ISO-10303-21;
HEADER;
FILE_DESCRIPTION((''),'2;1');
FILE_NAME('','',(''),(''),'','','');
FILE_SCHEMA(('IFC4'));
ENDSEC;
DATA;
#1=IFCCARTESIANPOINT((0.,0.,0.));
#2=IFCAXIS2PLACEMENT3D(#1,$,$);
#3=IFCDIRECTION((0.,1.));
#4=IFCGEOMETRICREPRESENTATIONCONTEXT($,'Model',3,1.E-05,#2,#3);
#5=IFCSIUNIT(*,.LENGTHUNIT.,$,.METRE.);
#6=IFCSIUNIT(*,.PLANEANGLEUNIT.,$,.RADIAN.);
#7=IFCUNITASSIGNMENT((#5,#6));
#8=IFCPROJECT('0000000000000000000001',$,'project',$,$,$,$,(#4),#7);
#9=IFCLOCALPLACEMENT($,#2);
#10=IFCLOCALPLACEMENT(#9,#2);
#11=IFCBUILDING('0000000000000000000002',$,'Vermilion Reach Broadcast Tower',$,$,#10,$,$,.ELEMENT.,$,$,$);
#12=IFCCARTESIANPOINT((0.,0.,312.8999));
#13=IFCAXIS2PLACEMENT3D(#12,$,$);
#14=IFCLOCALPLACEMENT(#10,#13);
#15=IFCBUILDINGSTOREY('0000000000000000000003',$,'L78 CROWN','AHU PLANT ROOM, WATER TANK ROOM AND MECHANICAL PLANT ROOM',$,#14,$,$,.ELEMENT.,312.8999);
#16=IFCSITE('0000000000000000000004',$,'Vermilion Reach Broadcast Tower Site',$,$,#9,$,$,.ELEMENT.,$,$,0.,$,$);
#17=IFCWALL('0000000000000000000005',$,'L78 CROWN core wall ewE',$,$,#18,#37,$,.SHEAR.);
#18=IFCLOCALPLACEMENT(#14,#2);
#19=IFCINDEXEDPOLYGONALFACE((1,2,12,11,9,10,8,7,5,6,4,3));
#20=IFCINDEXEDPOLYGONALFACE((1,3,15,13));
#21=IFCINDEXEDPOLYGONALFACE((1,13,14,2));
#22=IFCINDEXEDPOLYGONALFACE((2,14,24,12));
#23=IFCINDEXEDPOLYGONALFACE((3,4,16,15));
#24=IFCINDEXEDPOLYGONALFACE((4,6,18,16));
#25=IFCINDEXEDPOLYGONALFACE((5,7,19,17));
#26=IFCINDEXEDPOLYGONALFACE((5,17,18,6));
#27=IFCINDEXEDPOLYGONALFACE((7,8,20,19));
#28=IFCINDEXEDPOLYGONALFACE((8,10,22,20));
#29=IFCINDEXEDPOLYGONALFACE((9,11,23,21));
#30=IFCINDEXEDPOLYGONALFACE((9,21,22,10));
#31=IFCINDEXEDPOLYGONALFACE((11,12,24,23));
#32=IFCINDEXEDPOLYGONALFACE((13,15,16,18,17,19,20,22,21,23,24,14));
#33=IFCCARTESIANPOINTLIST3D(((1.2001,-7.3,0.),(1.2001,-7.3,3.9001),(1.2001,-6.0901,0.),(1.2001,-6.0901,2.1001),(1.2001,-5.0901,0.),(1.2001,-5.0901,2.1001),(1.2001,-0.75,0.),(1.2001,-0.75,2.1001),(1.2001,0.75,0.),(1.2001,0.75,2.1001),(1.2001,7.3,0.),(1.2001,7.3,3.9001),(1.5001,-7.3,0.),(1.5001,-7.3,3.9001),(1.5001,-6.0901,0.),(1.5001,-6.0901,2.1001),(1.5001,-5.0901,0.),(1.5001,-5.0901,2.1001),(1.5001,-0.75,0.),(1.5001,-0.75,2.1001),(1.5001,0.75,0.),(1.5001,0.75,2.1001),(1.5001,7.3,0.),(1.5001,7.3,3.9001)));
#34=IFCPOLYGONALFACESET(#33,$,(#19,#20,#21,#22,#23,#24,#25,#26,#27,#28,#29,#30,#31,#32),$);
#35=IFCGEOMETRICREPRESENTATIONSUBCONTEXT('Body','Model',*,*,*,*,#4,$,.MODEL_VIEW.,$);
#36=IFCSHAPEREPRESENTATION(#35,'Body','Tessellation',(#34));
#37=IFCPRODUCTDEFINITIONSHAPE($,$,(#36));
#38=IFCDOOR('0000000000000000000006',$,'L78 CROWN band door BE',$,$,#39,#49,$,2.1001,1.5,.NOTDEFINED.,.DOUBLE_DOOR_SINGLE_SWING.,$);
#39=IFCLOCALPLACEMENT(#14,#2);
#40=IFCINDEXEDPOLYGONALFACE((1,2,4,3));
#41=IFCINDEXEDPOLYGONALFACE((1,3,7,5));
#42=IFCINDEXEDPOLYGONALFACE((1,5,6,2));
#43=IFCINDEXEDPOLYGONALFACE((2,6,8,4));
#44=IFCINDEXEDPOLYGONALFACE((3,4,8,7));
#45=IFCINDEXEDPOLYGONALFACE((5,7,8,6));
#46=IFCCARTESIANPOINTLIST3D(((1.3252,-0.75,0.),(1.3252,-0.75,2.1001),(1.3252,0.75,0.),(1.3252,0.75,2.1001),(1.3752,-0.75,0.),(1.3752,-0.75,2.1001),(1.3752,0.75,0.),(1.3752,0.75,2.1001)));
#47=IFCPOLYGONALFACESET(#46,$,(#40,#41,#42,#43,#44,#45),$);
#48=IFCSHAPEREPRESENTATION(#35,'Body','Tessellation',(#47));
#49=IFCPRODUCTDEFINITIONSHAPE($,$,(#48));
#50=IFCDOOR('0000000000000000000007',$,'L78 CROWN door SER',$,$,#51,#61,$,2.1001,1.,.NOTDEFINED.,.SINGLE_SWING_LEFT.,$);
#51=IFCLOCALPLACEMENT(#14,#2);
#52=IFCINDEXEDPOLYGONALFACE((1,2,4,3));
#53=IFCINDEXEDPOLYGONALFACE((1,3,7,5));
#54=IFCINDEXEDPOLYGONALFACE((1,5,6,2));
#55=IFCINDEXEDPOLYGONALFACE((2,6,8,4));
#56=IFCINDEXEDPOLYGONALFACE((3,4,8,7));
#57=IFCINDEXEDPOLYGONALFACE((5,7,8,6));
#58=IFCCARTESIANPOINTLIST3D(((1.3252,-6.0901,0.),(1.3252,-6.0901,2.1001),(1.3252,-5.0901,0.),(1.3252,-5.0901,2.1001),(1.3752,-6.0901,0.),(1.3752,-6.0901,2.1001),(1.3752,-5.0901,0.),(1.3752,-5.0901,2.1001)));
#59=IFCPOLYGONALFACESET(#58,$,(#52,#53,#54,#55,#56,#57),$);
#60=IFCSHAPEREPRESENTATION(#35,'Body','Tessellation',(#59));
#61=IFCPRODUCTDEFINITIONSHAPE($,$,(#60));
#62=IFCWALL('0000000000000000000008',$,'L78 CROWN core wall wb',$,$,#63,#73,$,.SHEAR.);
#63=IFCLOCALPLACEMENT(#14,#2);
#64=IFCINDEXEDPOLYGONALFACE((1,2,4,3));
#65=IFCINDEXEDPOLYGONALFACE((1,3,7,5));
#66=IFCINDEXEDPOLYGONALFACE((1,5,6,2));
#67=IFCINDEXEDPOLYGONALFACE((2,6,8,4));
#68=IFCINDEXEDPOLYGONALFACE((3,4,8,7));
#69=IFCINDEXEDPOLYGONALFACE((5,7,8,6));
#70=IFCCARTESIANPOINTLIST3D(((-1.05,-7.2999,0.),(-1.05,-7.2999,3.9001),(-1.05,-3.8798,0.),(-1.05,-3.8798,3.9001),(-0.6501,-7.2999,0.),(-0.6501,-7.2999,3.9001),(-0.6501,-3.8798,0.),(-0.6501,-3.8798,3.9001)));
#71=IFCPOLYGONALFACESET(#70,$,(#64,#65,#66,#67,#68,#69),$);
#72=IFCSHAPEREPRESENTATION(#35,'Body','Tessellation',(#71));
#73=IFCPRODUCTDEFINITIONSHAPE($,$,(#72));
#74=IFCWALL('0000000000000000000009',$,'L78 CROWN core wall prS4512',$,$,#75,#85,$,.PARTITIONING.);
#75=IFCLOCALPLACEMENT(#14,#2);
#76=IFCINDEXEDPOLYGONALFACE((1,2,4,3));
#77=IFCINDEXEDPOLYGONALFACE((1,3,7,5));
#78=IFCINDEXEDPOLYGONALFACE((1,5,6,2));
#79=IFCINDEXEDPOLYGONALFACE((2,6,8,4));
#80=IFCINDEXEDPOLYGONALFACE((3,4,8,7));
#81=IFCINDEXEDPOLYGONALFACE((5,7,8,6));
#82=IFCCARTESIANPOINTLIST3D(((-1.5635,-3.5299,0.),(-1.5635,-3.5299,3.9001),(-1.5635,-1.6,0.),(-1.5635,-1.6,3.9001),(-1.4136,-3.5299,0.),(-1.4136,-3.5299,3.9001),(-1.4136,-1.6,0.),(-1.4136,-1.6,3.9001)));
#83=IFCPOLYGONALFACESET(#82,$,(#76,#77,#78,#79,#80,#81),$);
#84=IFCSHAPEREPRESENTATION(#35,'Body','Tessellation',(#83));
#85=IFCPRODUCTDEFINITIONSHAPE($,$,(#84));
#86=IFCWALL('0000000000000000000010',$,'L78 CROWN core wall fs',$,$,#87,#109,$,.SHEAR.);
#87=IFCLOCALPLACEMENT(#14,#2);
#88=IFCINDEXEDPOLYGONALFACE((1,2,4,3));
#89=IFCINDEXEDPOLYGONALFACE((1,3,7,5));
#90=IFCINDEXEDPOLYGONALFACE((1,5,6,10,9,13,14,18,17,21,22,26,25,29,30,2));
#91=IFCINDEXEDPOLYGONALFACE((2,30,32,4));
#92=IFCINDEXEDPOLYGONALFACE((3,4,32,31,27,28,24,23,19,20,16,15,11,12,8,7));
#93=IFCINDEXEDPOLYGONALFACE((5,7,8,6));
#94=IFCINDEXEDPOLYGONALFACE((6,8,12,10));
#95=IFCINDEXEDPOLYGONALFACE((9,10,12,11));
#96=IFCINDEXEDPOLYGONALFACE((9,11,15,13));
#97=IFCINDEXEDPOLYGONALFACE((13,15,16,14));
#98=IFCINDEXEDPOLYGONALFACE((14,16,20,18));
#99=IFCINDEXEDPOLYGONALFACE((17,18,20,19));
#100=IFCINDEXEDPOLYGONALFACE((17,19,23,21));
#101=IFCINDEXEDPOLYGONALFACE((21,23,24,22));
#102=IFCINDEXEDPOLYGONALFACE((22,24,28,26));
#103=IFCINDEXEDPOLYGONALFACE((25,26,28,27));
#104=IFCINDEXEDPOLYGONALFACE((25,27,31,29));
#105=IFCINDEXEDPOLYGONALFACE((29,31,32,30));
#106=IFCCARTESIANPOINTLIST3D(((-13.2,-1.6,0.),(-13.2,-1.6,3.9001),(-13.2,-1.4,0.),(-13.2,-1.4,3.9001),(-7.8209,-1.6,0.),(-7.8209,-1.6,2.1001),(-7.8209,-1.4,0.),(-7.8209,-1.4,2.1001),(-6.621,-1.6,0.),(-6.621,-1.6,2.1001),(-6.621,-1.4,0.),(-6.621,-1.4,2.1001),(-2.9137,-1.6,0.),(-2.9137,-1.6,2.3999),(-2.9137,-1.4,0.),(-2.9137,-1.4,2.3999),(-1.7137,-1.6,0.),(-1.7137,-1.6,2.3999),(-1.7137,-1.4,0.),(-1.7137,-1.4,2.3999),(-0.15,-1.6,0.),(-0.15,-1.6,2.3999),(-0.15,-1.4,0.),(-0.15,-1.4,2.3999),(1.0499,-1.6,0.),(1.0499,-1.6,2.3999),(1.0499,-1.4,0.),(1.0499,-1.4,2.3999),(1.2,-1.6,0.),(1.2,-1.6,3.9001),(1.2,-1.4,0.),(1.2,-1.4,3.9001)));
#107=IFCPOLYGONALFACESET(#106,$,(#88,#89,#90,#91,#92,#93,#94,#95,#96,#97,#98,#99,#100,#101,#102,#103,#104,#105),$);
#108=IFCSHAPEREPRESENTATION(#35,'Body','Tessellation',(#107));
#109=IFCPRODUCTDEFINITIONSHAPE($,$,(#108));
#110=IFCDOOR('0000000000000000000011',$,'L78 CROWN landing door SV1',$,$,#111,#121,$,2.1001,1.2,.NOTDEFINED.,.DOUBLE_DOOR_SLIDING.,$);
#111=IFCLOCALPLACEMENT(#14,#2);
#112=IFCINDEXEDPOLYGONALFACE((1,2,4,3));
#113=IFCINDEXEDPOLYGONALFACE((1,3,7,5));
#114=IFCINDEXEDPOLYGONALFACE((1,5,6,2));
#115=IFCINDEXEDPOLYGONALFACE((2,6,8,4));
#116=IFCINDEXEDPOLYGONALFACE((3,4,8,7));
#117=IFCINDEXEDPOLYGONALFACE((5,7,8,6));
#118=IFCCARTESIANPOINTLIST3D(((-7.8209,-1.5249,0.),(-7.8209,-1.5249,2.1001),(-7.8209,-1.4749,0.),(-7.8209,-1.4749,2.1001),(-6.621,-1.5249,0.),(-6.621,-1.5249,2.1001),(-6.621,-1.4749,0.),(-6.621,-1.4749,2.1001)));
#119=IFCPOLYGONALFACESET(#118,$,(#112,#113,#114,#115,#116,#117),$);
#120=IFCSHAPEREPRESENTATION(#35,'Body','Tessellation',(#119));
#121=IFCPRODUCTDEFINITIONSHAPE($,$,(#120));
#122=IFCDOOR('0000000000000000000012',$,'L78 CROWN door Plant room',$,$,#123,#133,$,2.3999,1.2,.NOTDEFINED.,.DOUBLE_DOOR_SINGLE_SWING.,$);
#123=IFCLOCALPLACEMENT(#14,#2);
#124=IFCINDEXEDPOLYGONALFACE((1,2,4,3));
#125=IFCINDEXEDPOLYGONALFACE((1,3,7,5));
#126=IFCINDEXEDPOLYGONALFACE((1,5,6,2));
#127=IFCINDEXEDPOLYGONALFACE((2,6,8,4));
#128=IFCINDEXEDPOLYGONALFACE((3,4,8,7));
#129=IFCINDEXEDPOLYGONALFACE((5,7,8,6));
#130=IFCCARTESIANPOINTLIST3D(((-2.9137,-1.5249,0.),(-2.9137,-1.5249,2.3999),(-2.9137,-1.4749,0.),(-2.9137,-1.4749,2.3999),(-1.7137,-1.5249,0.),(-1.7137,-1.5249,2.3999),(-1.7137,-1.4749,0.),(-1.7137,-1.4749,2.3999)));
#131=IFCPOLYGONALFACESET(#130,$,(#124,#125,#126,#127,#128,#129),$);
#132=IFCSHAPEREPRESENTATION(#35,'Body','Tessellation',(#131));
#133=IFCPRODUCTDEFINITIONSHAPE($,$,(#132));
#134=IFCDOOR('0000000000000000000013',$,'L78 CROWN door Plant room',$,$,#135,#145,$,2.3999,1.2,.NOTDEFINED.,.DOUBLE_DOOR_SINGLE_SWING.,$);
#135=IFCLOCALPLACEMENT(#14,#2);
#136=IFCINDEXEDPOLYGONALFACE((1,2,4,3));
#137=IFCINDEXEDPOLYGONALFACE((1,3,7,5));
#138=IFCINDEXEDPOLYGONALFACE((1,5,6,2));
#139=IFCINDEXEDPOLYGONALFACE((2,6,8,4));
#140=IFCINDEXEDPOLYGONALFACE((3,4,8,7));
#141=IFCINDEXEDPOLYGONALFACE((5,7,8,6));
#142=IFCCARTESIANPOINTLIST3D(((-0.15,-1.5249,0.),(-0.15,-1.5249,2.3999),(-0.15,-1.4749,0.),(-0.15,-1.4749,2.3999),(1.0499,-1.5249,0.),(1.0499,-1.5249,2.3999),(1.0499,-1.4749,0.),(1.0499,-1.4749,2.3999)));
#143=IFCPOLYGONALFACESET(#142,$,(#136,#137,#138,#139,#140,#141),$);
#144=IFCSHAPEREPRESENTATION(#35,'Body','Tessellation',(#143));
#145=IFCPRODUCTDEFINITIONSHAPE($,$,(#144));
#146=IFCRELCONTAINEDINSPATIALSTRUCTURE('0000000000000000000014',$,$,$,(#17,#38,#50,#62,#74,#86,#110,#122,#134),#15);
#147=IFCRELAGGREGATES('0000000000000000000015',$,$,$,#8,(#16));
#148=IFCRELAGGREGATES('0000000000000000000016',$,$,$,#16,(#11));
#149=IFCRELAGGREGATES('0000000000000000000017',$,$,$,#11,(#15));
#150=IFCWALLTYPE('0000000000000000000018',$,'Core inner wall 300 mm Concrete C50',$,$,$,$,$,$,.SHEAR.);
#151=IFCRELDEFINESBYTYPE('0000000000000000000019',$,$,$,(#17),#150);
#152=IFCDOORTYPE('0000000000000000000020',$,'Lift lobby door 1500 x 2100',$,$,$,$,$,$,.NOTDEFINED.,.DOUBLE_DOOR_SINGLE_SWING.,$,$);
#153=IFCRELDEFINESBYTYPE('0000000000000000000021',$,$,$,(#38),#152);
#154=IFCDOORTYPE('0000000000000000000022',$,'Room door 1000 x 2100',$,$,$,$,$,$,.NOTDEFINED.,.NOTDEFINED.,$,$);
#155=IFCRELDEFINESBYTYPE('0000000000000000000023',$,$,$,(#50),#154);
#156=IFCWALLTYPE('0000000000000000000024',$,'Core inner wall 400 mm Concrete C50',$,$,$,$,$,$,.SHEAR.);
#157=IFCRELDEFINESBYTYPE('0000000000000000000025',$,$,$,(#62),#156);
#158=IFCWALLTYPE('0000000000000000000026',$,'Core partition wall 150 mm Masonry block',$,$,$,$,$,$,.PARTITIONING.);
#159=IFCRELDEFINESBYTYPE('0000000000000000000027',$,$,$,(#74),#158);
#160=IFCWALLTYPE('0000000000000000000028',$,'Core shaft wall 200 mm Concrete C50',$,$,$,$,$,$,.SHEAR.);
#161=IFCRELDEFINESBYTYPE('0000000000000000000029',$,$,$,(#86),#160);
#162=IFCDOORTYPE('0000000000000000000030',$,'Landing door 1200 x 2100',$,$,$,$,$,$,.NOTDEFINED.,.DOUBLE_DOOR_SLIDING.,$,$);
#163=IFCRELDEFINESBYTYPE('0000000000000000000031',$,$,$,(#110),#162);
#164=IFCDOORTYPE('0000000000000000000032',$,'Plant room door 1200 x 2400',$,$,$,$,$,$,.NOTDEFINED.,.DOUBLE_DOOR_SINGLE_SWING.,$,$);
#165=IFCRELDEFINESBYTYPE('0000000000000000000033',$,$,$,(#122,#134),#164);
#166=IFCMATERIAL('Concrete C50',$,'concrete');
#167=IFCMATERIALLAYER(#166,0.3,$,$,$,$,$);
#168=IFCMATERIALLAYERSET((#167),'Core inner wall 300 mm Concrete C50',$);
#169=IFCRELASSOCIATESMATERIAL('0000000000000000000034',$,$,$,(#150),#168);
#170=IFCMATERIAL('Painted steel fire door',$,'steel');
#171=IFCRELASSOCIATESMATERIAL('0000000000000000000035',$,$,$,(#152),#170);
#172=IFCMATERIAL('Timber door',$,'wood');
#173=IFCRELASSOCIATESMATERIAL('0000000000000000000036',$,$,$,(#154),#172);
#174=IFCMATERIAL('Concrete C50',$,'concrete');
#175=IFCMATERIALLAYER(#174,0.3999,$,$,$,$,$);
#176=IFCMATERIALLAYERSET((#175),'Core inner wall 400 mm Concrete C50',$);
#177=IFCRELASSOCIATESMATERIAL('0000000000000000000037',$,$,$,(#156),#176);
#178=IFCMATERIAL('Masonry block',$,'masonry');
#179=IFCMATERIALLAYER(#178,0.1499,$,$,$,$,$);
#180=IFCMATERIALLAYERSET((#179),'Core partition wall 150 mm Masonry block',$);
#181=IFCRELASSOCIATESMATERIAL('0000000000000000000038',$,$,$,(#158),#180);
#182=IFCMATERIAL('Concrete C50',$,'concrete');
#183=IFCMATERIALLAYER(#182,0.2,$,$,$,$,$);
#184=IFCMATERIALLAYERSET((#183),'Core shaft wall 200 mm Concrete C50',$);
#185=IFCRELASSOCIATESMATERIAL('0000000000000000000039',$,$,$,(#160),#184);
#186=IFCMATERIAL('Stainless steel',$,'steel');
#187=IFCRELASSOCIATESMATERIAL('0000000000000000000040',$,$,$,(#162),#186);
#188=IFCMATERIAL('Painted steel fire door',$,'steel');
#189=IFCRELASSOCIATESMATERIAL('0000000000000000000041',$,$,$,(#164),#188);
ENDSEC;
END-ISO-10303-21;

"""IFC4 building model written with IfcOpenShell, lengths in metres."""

from ifc_helpers import new_model, si_unit, direction, frame, frame_2d, origin, place, context, subcontext, project, spatial, rectangle, extrude, material, layer, layer_set, type_object, element, fill, save


model = new_model("IFC4")

# Units and contexts
model_context = context("Model", 3, precision=1e-05, world=origin(), true_north=direction((0.0, 1.0)))
body_context = subcontext(model_context, "Body", "Model", "MODEL_VIEW")
ifc_project = project(units=[si_unit("LENGTHUNIT", "METRE"), si_unit("PLANEANGLEUNIT", "RADIAN")], contexts=[model_context])

# Site, building, storey
site_placement = place(None, origin())
site = spatial("IfcSite", under=ifc_project, at=site_placement, Name="Vermilion Reach Broadcast Tower Site", CompositionType="ELEMENT", RefElevation=0.0)
building_placement = place(site_placement, origin())
building = spatial("IfcBuilding", under=site, at=building_placement, Name="Vermilion Reach Broadcast Tower", CompositionType="ELEMENT")
storey_placement = place(building_placement, frame((0.0, 0.0, 312.8999)))
storey = spatial("IfcBuildingStorey", under=building, at=storey_placement, Name="L78 CROWN", Description="AHU PLANT ROOM, WATER TANK ROOM AND MECHANICAL PLANT ROOM", CompositionType="ELEMENT", Elevation=312.8999)

# Wall, openings, doors
ifc_material_1 = material(Name="Concrete C50", Category="concrete")
ifc_layer_1 = layer(ifc_material_1, 0.3)
ifc_layer_set_1 = layer_set([ifc_layer_1], Name="Core inner wall 300 mm Concrete C50")
wall_type_1 = type_object("IfcWallType", Name="Core inner wall 300 mm Concrete C50", PredefinedType="SHEAR", material=ifc_layer_set_1)
wall_1_placement = place(storey_placement, frame((1.3501, -7.3, 0.0), z_axis=(0.0, 0.0, 1.0), x_axis=(0.0, 1.0, 0.0)))
wall_1 = element("IfcWall", 1, at=wall_1_placement, inside=storey, type_object=wall_type_1, Name="L78 CROWN core wall ewE", PredefinedType="SHEAR", context=body_context, shape_type="SweptSolid", body=[
    extrude(rectangle(XDim=14.6001, YDim=0.3, at=frame_2d((7.3, 0.0))), origin(), (0.0, 0.0, 1.0), 3.9001),
])
opening_1_placement = place(wall_1_placement, frame((1.21, 0.0, 0.0)))
opening_1 = element("IfcOpeningElement", 2, at=opening_1_placement, cuts=wall_1, PredefinedType="OPENING", context=body_context, shape_type="SweptSolid", body=[
    extrude(rectangle(XDim=1.0, YDim=2.1001, at=frame_2d((0.5, 1.05))), frame((0.0, 0.1599, 0.0), z_axis=(0.0, -1.0, 0.0), x_axis=(1.0, 0.0, 0.0)), (0.0, 0.0, 1.0), 0.3201),
])
opening_2_placement = place(wall_1_placement, frame((6.55, 0.0, 0.0)))
opening_2 = element("IfcOpeningElement", 3, at=opening_2_placement, cuts=wall_1, PredefinedType="OPENING", context=body_context, shape_type="SweptSolid", body=[
    extrude(rectangle(XDim=1.5, YDim=2.1001, at=frame_2d((0.75, 1.05))), frame((0.0, 0.1599, 0.0), z_axis=(0.0, -1.0, 0.0), x_axis=(1.0, 0.0, 0.0)), (0.0, 0.0, 1.0), 0.3201),
])
ifc_material_2 = material(Name="Painted steel fire door", Category="steel")
door_type_1 = type_object("IfcDoorType", Name="Lift lobby door 1500 x 2100", OperationType="DOUBLE_DOOR_SINGLE_SWING", PredefinedType="NOTDEFINED", material=ifc_material_2)
door_1_placement = place(opening_2_placement, origin())
door_1 = element("IfcDoor", 4, at=door_1_placement, inside=storey, type_object=door_type_1, Name="L78 CROWN band door BE", OperationType="DOUBLE_DOOR_SINGLE_SWING", OverallHeight=2.1001, OverallWidth=1.5, PredefinedType="NOTDEFINED", context=body_context, shape_type="SweptSolid", body=[
    extrude(rectangle(XDim=1.5, YDim=2.1001, at=frame_2d((0.75, 1.05))), frame((0.0, 0.0249, 0.0), z_axis=(0.0, -1.0, 0.0), x_axis=(1.0, 0.0, 0.0)), (0.0, 0.0, 1.0), 0.05),
])
fill(opening_2, door_1)
ifc_material_3 = material(Name="Timber door", Category="wood")
door_type_2 = type_object("IfcDoorType", Name="Room door 1000 x 2100", OperationType="NOTDEFINED", PredefinedType="NOTDEFINED", material=ifc_material_3)
door_2_placement = place(opening_1_placement, origin())
door_2 = element("IfcDoor", 5, at=door_2_placement, inside=storey, type_object=door_type_2, Name="L78 CROWN door SER", OperationType="SINGLE_SWING_LEFT", OverallHeight=2.1001, OverallWidth=1.0, PredefinedType="NOTDEFINED", context=body_context, shape_type="SweptSolid", body=[
    extrude(rectangle(XDim=1.0, YDim=2.1001, at=frame_2d((0.5, 1.05))), frame((0.0, 0.0249, 0.0), z_axis=(0.0, -1.0, 0.0), x_axis=(1.0, 0.0, 0.0)), (0.0, 0.0, 1.0), 0.05),
])
fill(opening_1, door_2)

# Walls
ifc_material_4 = material(Name="Concrete C50", Category="concrete")
ifc_layer_2 = layer(ifc_material_4, 0.3999)
ifc_layer_set_2 = layer_set([ifc_layer_2], Name="Core inner wall 400 mm Concrete C50")
wall_type_2 = type_object("IfcWallType", Name="Core inner wall 400 mm Concrete C50", PredefinedType="SHEAR", material=ifc_layer_set_2)
wall_2_placement = place(storey_placement, frame((-0.8501, -3.8799, 0.0), z_axis=(0.0, 0.0, 1.0), x_axis=(0.0, -1.0, 0.0)))
element("IfcWall", 6, at=wall_2_placement, inside=storey, type_object=wall_type_2, Name="L78 CROWN core wall wb", PredefinedType="SHEAR", context=body_context, shape_type="SweptSolid", body=[
    extrude(rectangle(XDim=3.4202, YDim=0.3999, at=frame_2d((1.71, 0.0))), origin(), (0.0, 0.0, 1.0), 3.9001),
])
ifc_material_5 = material(Name="Masonry block", Category="masonry")
ifc_layer_3 = layer(ifc_material_5, 0.1499)
ifc_layer_set_3 = layer_set([ifc_layer_3], Name="Core partition wall 150 mm Masonry block")
wall_type_3 = type_object("IfcWallType", Name="Core partition wall 150 mm Masonry block", PredefinedType="PARTITIONING", material=ifc_layer_set_3)
wall_3_placement = place(storey_placement, frame((-1.4885, -1.6001, 0.0), z_axis=(0.0, 0.0, 1.0), x_axis=(0.0, -1.0, 0.0)))
element("IfcWall", 7, at=wall_3_placement, inside=storey, type_object=wall_type_3, Name="L78 CROWN core wall prS4512", PredefinedType="PARTITIONING", context=body_context, shape_type="SweptSolid", body=[
    extrude(rectangle(XDim=1.9299, YDim=0.1499, at=frame_2d((0.9648, 0.0))), origin(), (0.0, 0.0, 1.0), 3.9001),
])

# Wall, openings, doors
ifc_material_6 = material(Name="Concrete C50", Category="concrete")
ifc_layer_4 = layer(ifc_material_6, 0.2)
ifc_layer_set_4 = layer_set([ifc_layer_4], Name="Core shaft wall 200 mm Concrete C50")
wall_type_4 = type_object("IfcWallType", Name="Core shaft wall 200 mm Concrete C50", PredefinedType="SHEAR", material=ifc_layer_set_4)
wall_4_placement = place(storey_placement, frame((1.2, -1.5, 0.0), z_axis=(0.0, 0.0, 1.0), x_axis=(-1.0, 0.0, 0.0)))
wall_4 = element("IfcWall", 8, at=wall_4_placement, inside=storey, type_object=wall_type_4, Name="L78 CROWN core wall fs", PredefinedType="SHEAR", context=body_context, shape_type="SweptSolid", body=[
    extrude(rectangle(XDim=14.3999, YDim=0.2, at=frame_2d((7.2, 0.0))), origin(), (0.0, 0.0, 1.0), 3.9001),
])
opening_3_placement = place(wall_4_placement, frame((7.8208, 0.0, 0.0)))
opening_3 = element("IfcOpeningElement", 9, at=opening_3_placement, cuts=wall_4, PredefinedType="OPENING", context=body_context, shape_type="SweptSolid", body=[
    extrude(rectangle(XDim=1.2, YDim=2.1001, at=frame_2d((0.6001, 1.05))), frame((0.0, 0.1099, 0.0), z_axis=(0.0, -1.0, 0.0), x_axis=(1.0, 0.0, 0.0)), (0.0, 0.0, 1.0), 0.22),
])
opening_4_placement = place(wall_4_placement, frame((2.9136, 0.0, 0.0)))
opening_4 = element("IfcOpeningElement", 10, at=opening_4_placement, cuts=wall_4, PredefinedType="OPENING", context=body_context, shape_type="SweptSolid", body=[
    extrude(rectangle(XDim=1.2, YDim=2.3999, at=frame_2d((0.6001, 1.2))), frame((0.0, 0.1099, 0.0), z_axis=(0.0, -1.0, 0.0), x_axis=(1.0, 0.0, 0.0)), (0.0, 0.0, 1.0), 0.22),
])
opening_5_placement = place(wall_4_placement, frame((0.1499, 0.0, 0.0)))
opening_5 = element("IfcOpeningElement", 11, at=opening_5_placement, cuts=wall_4, PredefinedType="OPENING", context=body_context, shape_type="SweptSolid", body=[
    extrude(rectangle(XDim=1.2, YDim=2.3999, at=frame_2d((0.6001, 1.2))), frame((0.0, 0.1099, 0.0), z_axis=(0.0, -1.0, 0.0), x_axis=(1.0, 0.0, 0.0)), (0.0, 0.0, 1.0), 0.22),
])
ifc_material_7 = material(Name="Stainless steel", Category="steel")
door_type_3 = type_object("IfcDoorType", Name="Landing door 1200 x 2100", OperationType="DOUBLE_DOOR_SLIDING", PredefinedType="NOTDEFINED", material=ifc_material_7)
door_3_placement = place(opening_3_placement, origin())
door_3 = element("IfcDoor", 12, at=door_3_placement, inside=storey, type_object=door_type_3, Name="L78 CROWN landing door SV1", OperationType="DOUBLE_DOOR_SLIDING", OverallHeight=2.1001, OverallWidth=1.2, PredefinedType="NOTDEFINED", context=body_context, shape_type="SweptSolid", body=[
    extrude(rectangle(XDim=1.2, YDim=2.1001, at=frame_2d((0.6001, 1.05))), frame((0.0, 0.0249, 0.0), z_axis=(0.0, -1.0, 0.0), x_axis=(1.0, 0.0, 0.0)), (0.0, 0.0, 1.0), 0.05),
])
fill(opening_3, door_3)
ifc_material_8 = material(Name="Painted steel fire door", Category="steel")
door_type_4 = type_object("IfcDoorType", Name="Plant room door 1200 x 2400", OperationType="DOUBLE_DOOR_SINGLE_SWING", PredefinedType="NOTDEFINED", material=ifc_material_8)
door_4_placement = place(opening_4_placement, origin())
door_4 = element("IfcDoor", 13, at=door_4_placement, inside=storey, type_object=door_type_4, Name="L78 CROWN door Plant room", OperationType="DOUBLE_DOOR_SINGLE_SWING", OverallHeight=2.3999, OverallWidth=1.2, PredefinedType="NOTDEFINED", context=body_context, shape_type="SweptSolid", body=[
    extrude(rectangle(XDim=1.2, YDim=2.3999, at=frame_2d((0.6001, 1.2))), frame((0.0, 0.0249, 0.0), z_axis=(0.0, -1.0, 0.0), x_axis=(1.0, 0.0, 0.0)), (0.0, 0.0, 1.0), 0.05),
])
fill(opening_4, door_4)
door_5_placement = place(opening_5_placement, origin())
door_5 = element("IfcDoor", 14, at=door_5_placement, inside=storey, type_object=door_type_4, Name="L78 CROWN door Plant room", OperationType="DOUBLE_DOOR_SINGLE_SWING", OverallHeight=2.3999, OverallWidth=1.2, PredefinedType="NOTDEFINED", context=body_context, shape_type="SweptSolid", body=[
    extrude(rectangle(XDim=1.2, YDim=2.3999, at=frame_2d((0.6001, 1.2))), frame((0.0, 0.0249, 0.0), z_axis=(0.0, -1.0, 0.0), x_axis=(1.0, 0.0, 0.0)), (0.0, 0.0, 1.0), 0.05),
])
fill(opening_5, door_5)

save(model, "model.ifc")
